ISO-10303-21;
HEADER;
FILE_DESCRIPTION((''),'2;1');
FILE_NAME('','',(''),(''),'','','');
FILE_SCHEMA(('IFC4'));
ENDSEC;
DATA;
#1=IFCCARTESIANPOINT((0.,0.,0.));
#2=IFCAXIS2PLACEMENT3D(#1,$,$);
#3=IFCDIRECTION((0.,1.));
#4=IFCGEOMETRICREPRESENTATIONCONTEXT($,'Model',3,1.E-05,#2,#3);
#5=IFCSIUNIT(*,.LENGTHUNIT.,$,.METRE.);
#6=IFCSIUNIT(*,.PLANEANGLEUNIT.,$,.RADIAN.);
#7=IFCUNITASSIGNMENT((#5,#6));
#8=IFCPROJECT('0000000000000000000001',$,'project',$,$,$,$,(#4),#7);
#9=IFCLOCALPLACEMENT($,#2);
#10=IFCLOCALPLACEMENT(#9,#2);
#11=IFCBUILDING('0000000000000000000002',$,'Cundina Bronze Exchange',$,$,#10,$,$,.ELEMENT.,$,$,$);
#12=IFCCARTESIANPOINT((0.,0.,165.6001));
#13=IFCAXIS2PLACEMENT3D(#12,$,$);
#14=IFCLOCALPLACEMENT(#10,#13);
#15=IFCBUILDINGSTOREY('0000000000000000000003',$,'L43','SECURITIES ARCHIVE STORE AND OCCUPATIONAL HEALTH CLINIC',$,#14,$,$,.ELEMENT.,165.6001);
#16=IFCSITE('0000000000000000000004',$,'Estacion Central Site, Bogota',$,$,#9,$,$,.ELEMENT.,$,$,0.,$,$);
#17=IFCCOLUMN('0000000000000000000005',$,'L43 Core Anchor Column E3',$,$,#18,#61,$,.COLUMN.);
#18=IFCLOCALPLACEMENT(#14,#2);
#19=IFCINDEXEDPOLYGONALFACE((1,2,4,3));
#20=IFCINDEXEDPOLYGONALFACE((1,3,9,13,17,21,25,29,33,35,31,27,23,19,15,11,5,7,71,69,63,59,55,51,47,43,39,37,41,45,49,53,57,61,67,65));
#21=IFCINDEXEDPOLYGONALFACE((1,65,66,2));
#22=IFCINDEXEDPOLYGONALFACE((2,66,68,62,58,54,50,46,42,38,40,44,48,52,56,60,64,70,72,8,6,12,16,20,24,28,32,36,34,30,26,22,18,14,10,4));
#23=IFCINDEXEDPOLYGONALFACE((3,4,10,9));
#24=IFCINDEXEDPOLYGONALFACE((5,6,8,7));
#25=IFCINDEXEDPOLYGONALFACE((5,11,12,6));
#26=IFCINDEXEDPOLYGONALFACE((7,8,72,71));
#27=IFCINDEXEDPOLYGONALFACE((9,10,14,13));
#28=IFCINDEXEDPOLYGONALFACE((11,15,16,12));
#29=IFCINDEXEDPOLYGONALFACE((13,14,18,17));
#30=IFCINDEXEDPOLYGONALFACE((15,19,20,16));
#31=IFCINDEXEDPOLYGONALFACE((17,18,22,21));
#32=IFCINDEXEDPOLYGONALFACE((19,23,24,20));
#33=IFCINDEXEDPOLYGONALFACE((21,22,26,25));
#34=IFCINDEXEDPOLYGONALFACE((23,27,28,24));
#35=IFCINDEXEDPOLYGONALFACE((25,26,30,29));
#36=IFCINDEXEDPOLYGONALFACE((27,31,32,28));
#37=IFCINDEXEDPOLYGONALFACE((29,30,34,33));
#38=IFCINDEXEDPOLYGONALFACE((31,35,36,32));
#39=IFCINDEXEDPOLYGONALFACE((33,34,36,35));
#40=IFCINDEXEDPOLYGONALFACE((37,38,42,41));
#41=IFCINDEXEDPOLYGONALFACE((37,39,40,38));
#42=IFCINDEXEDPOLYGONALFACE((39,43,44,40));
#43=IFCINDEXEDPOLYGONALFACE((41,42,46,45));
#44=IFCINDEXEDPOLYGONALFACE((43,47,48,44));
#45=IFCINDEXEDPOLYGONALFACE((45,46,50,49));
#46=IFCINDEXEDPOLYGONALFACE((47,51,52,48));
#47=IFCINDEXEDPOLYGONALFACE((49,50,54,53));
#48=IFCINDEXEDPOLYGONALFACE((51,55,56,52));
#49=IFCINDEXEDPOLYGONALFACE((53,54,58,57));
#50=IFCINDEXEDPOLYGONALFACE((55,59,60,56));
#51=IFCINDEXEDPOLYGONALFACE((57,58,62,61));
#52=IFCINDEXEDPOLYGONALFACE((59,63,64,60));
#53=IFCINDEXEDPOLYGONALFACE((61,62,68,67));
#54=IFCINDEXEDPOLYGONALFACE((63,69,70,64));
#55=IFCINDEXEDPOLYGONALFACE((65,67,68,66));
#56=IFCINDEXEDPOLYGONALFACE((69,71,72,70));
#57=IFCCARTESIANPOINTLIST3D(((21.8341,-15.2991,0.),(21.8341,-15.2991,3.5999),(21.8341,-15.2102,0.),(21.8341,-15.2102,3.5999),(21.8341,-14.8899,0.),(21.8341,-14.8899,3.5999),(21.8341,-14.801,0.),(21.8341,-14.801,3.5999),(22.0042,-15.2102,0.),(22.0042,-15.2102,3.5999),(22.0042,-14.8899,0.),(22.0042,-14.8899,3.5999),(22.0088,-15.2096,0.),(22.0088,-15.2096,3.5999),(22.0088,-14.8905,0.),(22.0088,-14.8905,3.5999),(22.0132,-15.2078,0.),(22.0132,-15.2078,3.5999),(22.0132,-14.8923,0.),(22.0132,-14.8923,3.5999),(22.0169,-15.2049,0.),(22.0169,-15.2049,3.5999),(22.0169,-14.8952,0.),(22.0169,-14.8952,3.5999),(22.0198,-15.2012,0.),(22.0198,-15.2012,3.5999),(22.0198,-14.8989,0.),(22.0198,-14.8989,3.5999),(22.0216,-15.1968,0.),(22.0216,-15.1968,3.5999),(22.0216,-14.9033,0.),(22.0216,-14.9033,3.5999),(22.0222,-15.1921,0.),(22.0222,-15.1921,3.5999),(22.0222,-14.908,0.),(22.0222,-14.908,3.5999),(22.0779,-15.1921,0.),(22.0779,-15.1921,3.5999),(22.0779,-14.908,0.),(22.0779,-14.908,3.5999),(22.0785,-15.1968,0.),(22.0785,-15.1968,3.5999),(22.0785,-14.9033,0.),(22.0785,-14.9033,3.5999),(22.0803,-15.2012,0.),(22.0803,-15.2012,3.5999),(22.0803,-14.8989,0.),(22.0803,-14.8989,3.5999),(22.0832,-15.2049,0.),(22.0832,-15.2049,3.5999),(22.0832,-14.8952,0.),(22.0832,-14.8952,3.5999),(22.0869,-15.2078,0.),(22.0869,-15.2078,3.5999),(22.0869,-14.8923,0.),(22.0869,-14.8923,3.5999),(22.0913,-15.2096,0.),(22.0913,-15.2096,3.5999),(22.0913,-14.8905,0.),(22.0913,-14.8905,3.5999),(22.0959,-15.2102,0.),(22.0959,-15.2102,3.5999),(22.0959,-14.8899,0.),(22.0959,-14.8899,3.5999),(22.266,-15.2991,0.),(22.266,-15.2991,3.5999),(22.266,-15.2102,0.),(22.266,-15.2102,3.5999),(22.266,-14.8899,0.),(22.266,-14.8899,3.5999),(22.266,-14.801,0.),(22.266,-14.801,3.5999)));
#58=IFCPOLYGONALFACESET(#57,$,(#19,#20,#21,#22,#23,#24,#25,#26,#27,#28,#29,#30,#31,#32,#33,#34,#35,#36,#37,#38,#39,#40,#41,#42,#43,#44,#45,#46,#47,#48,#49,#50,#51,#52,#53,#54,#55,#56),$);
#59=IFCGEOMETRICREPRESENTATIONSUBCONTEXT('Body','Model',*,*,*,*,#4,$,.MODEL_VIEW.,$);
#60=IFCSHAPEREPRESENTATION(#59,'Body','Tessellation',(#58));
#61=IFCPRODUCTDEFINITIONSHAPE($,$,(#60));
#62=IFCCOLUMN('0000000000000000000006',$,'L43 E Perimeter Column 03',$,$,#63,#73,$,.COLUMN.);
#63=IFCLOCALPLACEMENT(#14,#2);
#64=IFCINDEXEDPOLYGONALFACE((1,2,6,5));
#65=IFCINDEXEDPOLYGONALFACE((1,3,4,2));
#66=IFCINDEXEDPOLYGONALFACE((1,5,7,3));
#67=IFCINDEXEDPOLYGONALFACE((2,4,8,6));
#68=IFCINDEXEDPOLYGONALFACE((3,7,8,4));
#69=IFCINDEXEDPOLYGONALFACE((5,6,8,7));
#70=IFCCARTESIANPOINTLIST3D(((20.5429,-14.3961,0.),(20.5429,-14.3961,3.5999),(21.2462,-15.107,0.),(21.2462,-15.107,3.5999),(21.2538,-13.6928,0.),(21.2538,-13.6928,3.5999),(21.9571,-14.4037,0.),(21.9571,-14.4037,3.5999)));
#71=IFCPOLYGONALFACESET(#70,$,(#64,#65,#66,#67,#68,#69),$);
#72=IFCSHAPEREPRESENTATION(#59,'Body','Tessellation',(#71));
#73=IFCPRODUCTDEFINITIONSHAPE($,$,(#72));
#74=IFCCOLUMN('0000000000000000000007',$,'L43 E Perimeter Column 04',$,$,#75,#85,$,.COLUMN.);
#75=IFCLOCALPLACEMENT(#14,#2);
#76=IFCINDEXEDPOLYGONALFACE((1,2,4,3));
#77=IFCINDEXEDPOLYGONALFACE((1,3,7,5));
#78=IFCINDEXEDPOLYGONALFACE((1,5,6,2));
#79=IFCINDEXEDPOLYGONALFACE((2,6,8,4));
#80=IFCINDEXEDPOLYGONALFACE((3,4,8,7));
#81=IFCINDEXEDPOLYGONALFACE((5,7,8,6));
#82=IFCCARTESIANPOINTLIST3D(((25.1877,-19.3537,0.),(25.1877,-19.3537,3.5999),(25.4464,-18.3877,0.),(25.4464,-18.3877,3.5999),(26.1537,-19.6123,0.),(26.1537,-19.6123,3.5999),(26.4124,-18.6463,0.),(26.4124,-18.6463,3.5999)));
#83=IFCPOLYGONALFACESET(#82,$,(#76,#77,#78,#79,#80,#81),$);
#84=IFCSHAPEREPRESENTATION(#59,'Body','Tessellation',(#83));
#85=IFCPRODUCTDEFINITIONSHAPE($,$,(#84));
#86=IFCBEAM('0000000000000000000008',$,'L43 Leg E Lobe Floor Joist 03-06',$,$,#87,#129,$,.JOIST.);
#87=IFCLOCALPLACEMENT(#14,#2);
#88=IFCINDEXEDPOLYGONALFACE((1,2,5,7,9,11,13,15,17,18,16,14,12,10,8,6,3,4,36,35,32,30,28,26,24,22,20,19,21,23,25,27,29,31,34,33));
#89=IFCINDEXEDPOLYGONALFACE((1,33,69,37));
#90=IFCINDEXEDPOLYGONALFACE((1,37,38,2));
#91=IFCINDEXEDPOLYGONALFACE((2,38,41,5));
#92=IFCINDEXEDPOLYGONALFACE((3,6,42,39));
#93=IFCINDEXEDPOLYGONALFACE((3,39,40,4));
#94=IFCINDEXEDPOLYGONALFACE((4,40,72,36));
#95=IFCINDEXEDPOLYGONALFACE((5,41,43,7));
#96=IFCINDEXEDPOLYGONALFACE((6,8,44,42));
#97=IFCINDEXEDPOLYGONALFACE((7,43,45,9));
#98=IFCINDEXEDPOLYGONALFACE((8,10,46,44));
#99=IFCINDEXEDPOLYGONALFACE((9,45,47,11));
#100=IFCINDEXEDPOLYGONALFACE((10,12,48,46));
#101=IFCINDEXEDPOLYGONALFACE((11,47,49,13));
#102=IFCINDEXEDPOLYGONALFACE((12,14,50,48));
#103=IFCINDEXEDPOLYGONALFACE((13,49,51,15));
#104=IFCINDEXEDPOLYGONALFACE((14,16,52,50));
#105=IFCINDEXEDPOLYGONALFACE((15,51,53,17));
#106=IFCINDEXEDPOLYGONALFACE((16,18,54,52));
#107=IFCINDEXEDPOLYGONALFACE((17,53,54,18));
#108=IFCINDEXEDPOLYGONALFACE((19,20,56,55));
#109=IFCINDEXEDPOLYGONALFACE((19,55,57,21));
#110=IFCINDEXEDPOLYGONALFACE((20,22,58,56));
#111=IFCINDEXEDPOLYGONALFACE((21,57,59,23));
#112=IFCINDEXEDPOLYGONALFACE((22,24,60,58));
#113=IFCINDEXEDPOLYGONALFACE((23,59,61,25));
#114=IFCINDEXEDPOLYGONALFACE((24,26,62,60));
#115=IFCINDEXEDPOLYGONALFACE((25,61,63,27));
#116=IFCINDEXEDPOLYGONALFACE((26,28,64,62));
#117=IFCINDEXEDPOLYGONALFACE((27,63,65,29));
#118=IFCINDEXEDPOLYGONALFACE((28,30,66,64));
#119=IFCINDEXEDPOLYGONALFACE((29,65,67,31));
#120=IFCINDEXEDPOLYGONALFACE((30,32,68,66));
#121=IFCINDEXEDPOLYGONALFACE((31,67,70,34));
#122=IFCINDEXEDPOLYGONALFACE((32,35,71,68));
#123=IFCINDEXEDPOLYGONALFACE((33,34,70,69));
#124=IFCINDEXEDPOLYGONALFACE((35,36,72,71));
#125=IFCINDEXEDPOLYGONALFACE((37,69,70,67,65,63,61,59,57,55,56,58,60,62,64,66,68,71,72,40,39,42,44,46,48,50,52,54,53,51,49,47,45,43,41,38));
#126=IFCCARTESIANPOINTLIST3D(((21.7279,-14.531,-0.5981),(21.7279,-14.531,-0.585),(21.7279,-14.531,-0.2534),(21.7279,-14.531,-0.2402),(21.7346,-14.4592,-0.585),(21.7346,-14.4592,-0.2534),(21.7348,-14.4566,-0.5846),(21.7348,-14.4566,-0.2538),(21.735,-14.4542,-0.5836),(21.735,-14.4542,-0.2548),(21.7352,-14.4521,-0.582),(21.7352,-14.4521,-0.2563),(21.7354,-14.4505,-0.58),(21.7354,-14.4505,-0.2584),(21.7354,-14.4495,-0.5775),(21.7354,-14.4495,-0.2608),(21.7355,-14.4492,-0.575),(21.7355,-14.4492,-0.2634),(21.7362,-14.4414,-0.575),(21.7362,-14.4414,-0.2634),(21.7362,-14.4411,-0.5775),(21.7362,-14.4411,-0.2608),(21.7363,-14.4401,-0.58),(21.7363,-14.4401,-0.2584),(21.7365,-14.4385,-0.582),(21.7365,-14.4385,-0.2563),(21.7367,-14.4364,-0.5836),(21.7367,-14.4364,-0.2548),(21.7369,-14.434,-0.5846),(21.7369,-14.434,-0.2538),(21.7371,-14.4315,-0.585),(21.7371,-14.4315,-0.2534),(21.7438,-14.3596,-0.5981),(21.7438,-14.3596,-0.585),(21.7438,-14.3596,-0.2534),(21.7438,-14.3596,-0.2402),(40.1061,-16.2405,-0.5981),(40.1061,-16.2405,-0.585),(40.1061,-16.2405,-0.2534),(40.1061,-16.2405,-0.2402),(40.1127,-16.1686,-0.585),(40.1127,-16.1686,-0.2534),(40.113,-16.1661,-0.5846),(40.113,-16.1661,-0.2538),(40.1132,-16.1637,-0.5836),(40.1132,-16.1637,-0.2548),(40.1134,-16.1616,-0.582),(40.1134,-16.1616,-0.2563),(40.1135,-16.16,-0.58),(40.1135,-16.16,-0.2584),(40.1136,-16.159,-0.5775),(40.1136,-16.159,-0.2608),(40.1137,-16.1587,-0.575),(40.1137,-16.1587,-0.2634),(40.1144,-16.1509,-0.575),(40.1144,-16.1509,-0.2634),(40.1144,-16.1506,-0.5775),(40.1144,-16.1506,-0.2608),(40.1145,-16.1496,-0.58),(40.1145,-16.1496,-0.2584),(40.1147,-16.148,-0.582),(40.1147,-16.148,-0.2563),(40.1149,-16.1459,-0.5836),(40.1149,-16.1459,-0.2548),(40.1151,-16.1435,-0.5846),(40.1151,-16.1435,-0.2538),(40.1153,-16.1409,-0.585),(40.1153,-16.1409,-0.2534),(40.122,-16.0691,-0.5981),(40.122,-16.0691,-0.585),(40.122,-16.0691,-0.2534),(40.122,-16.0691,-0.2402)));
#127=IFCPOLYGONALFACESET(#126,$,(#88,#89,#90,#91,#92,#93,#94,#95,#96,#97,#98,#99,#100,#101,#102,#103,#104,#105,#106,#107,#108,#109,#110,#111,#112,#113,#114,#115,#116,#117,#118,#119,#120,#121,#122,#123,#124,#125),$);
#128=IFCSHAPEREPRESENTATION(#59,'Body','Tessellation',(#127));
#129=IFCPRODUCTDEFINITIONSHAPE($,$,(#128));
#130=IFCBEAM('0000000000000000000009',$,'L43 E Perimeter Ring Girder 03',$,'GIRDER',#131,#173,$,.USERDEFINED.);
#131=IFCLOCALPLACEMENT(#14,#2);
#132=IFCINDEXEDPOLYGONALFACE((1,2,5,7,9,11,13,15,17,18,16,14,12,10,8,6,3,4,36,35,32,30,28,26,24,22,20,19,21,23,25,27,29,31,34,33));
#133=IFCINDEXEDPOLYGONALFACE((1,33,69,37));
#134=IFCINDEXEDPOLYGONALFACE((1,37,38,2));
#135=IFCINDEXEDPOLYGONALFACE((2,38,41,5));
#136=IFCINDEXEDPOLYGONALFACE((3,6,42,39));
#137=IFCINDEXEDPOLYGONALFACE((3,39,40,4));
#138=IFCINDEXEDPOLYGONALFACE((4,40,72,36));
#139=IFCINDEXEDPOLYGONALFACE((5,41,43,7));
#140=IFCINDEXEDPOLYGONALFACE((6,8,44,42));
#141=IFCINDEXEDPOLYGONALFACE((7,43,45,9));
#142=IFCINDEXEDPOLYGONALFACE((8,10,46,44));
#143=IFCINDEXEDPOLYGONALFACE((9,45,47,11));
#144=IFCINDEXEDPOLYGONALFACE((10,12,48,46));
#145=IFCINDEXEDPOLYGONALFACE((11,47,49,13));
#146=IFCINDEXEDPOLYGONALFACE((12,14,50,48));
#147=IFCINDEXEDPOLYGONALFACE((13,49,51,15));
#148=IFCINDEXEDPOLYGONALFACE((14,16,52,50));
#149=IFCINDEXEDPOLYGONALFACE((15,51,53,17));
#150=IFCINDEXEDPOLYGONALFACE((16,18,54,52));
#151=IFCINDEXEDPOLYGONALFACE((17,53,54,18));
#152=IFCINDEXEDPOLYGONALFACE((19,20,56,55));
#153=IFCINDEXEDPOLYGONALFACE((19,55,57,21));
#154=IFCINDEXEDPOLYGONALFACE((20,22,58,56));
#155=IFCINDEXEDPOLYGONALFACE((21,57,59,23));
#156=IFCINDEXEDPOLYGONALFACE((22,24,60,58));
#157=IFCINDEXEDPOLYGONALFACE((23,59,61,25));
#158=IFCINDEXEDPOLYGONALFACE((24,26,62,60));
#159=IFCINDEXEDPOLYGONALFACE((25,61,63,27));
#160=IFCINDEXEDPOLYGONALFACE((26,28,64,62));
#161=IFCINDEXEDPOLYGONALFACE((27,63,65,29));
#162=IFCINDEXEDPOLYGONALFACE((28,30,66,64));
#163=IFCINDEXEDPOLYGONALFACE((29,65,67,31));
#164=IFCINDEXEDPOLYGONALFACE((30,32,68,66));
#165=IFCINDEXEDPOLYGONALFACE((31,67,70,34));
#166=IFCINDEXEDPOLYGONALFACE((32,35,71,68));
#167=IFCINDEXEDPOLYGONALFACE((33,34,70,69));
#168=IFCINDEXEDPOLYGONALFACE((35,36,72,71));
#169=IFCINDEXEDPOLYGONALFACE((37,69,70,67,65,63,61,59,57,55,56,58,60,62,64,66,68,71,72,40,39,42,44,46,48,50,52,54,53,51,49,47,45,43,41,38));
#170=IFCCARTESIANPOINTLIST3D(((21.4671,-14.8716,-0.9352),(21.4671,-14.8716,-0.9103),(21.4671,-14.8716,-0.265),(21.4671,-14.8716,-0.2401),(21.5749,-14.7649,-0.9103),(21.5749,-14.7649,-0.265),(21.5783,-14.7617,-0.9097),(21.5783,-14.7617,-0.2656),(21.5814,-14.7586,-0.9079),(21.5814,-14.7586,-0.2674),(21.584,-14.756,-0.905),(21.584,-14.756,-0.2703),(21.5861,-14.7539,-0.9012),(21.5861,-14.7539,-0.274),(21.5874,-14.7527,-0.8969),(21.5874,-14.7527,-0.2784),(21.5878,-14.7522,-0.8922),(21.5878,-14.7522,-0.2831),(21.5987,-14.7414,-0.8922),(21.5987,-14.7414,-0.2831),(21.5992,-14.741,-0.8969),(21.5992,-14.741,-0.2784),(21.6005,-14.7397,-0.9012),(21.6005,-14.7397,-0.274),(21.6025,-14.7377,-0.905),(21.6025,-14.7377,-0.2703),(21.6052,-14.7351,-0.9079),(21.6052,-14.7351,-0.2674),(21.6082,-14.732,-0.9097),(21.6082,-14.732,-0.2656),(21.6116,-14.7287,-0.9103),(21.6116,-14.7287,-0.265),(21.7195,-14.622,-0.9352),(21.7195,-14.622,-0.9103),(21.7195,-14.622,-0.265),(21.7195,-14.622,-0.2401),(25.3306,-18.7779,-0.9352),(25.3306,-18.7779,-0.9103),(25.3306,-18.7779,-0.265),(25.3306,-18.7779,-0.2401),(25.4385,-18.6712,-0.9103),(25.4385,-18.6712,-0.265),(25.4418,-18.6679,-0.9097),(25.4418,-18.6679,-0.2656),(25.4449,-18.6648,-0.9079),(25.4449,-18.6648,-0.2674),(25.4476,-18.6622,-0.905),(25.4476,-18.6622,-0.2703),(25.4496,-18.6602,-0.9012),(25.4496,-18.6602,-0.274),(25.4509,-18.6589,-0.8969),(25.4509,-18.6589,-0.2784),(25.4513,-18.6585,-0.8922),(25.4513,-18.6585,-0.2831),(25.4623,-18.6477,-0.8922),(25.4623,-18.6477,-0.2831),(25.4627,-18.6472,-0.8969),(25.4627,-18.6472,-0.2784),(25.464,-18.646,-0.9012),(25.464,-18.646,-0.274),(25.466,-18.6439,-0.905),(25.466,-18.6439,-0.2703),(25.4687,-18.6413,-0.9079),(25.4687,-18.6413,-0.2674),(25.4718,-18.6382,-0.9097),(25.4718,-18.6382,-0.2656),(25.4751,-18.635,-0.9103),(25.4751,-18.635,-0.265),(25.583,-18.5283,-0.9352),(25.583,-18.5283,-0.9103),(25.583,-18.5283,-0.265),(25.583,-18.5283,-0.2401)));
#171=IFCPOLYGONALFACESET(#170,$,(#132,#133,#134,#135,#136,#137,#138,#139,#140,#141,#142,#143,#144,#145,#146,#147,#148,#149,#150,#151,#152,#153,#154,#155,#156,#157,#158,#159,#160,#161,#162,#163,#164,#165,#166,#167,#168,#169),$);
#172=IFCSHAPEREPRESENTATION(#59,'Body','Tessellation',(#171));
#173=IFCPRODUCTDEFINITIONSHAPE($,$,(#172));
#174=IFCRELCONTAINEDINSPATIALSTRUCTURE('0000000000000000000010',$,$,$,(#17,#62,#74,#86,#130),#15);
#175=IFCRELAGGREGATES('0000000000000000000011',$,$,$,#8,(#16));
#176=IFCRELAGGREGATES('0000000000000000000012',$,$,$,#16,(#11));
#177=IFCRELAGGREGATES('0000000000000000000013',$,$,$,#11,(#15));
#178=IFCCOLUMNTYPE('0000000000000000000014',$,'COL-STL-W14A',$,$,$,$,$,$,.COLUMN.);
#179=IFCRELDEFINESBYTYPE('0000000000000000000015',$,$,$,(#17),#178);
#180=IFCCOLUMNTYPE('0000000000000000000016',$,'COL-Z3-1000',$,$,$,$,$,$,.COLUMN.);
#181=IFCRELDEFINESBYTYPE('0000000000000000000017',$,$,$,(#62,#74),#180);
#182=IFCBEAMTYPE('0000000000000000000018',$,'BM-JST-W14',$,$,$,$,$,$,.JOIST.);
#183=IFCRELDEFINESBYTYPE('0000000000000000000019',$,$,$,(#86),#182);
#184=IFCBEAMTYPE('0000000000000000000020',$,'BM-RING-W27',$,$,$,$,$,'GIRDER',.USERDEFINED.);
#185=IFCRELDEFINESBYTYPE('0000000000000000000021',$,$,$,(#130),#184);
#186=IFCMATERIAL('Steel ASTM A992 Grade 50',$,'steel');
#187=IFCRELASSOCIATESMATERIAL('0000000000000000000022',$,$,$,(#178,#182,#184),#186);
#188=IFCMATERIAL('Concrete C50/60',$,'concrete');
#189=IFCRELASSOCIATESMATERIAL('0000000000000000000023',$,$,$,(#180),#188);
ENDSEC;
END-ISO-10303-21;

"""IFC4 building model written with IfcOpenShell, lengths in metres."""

from ifc_helpers import new_model, si_unit, direction, frame, origin, origin_2d, place, context, subcontext, project, spatial, rectangle, i_section, extrude, material, material_profile, profile_set, type_object, element, save


model = new_model("IFC4")

# Units and contexts
model_context = context("Model", 3, precision=1e-05, world=origin(), true_north=direction((0.0, 1.0)))
body_context = subcontext(model_context, "Body", "Model", "MODEL_VIEW")
ifc_project = project(units=[si_unit("LENGTHUNIT", "METRE"), si_unit("PLANEANGLEUNIT", "RADIAN")], contexts=[model_context])

# Site, building, storey
site_placement = place(None, origin())
site = spatial("IfcSite", under=ifc_project, at=site_placement, Name="Estacion Central Site, Bogota", CompositionType="ELEMENT", RefElevation=0.0)
building_placement = place(site_placement, origin())
building = spatial("IfcBuilding", under=site, at=building_placement, Name="Cundina Bronze Exchange", CompositionType="ELEMENT")
storey_placement = place(building_placement, frame((0.0, 0.0, 165.6001)))
storey = spatial("IfcBuildingStorey", under=building, at=storey_placement, Name="L43", Description="SECURITIES ARCHIVE STORE AND OCCUPATIONAL HEALTH CLINIC", CompositionType="ELEMENT", Elevation=165.6001)

# Columns
ifc_material_1 = material(Name="Steel ASTM A992 Grade 50", Category="steel")
ifc_material_profile_1 = material_profile(ifc_material_1, i_section(OverallWidth=0.4319, OverallDepth=0.498, WebThickness=0.0557, FlangeThickness=0.0889, FilletRadius=0.0181, at=origin_2d()), Name="W14X500", Category="steel")
ifc_profile_set_1 = profile_set([ifc_material_profile_1], Name="Steel ASTM A992 Grade 50")
column_type_1 = type_object("IfcColumnType", Name="COL-STL-W14A", PredefinedType="COLUMN", material=ifc_profile_set_1)
column_placement = place(storey_placement, frame((22.05, -15.05, 0.0), z_axis=(0.0, 0.0, 1.0), x_axis=(1.0, 0.0, 0.0)))
element("IfcColumn", 1, at=column_placement, inside=storey, type_object=column_type_1, Name="L43 Core Anchor Column E3", PredefinedType="COLUMN", context=body_context, shape_type="SweptSolid", body=[
    extrude(i_section(OverallWidth=0.4319, OverallDepth=0.498, WebThickness=0.0557, FlangeThickness=0.0889, FilletRadius=0.0181, at=origin_2d()), origin(), (0.0, 0.0, 1.0), 3.5999),
])
ifc_material_2 = material(Name="Concrete C50/60", Category="concrete")
ifc_material_profile_2 = material_profile(ifc_material_2, rectangle(XDim=1.0, YDim=1.0, at=origin_2d()), Name="RC1000X1000", Category="concrete")
ifc_profile_set_2 = profile_set([ifc_material_profile_2], Name="Concrete C50/60")
column_type_2 = type_object("IfcColumnType", Name="COL-Z3-1000", PredefinedType="COLUMN", material=ifc_profile_set_2)
for number, where, z_axis, x_axis, name in (
    (2, (21.25, -14.3999, 0.0), (0.0, 0.0, 1.0), (0.703271, -0.710922, 0.0), "L43 E Perimeter Column 03"),
    (3, (25.8, -19.0, 0.0), (0.0, 0.0, 1.0), (0.965971, -0.25865, 0.0), "L43 E Perimeter Column 04"),
):
    element("IfcColumn", number, at=place(storey_placement, frame(where, z_axis=z_axis, x_axis=x_axis)), inside=storey, type_object=column_type_2, Name=name, PredefinedType="COLUMN", context=body_context, shape_type="SweptSolid", body=[
        extrude(rectangle(XDim=1.0, YDim=1.0, at=origin_2d()), origin(), (0.0, 0.0, 1.0), 3.5999),
    ])

# Beams
ifc_material_profile_3 = material_profile(ifc_material_1, i_section(OverallWidth=0.1721, OverallDepth=0.3579, WebThickness=0.0078, FlangeThickness=0.0132, FilletRadius=0.01, at=origin_2d()), Name="W14X38", Category="steel")
ifc_profile_set_3 = profile_set([ifc_material_profile_3], Name="Steel ASTM A992 Grade 50")
beam_type_1 = type_object("IfcBeamType", Name="BM-JST-W14", PredefinedType="JOIST", material=ifc_profile_set_3)
beam_1_placement = place(storey_placement, frame((21.7358, -14.4453, -0.4192), z_axis=(0.995702, -0.092617, 0.0), x_axis=(0.092617, 0.995702, 0.0)))
element("IfcBeam", 4, at=beam_1_placement, inside=storey, type_object=beam_type_1, Name="L43 Leg E Lobe Floor Joist 03-06", PredefinedType="JOIST", context=body_context, shape_type="SweptSolid", body=[
    extrude(i_section(OverallWidth=0.1721, OverallDepth=0.3579, WebThickness=0.0078, FlangeThickness=0.0132, FilletRadius=0.01, at=origin_2d()), origin(), (0.0, 0.0, 1.0), 18.4575),
])
ifc_material_profile_4 = material_profile(ifc_material_1, i_section(OverallWidth=0.355, OverallDepth=0.6951, WebThickness=0.0154, FlangeThickness=0.0249, FilletRadius=0.0181, at=origin_2d()), Name="W27X146", Category="steel")
ifc_profile_set_4 = profile_set([ifc_material_profile_4], Name="Steel ASTM A992 Grade 50")
beam_type_2 = type_object("IfcBeamType", Name="BM-RING-W27", ElementType="GIRDER", PredefinedType="USERDEFINED", material=ifc_profile_set_4)
beam_2_placement = place(storey_placement, frame((21.5933, -14.7468, -0.5876), z_axis=(0.703208, -0.710984, 0.0), x_axis=(0.710984, 0.703208, 0.0)))
element("IfcBeam", 5, at=beam_2_placement, inside=storey, type_object=beam_type_2, Name="L43 E Perimeter Ring Girder 03", ObjectType="GIRDER", PredefinedType="USERDEFINED", context=body_context, shape_type="SweptSolid", body=[
    extrude(i_section(OverallWidth=0.355, OverallDepth=0.6951, WebThickness=0.0154, FlangeThickness=0.0249, FilletRadius=0.0181, at=origin_2d()), origin(), (0.0, 0.0, 1.0), 5.4941),
])

save(model, "model.ifc")
